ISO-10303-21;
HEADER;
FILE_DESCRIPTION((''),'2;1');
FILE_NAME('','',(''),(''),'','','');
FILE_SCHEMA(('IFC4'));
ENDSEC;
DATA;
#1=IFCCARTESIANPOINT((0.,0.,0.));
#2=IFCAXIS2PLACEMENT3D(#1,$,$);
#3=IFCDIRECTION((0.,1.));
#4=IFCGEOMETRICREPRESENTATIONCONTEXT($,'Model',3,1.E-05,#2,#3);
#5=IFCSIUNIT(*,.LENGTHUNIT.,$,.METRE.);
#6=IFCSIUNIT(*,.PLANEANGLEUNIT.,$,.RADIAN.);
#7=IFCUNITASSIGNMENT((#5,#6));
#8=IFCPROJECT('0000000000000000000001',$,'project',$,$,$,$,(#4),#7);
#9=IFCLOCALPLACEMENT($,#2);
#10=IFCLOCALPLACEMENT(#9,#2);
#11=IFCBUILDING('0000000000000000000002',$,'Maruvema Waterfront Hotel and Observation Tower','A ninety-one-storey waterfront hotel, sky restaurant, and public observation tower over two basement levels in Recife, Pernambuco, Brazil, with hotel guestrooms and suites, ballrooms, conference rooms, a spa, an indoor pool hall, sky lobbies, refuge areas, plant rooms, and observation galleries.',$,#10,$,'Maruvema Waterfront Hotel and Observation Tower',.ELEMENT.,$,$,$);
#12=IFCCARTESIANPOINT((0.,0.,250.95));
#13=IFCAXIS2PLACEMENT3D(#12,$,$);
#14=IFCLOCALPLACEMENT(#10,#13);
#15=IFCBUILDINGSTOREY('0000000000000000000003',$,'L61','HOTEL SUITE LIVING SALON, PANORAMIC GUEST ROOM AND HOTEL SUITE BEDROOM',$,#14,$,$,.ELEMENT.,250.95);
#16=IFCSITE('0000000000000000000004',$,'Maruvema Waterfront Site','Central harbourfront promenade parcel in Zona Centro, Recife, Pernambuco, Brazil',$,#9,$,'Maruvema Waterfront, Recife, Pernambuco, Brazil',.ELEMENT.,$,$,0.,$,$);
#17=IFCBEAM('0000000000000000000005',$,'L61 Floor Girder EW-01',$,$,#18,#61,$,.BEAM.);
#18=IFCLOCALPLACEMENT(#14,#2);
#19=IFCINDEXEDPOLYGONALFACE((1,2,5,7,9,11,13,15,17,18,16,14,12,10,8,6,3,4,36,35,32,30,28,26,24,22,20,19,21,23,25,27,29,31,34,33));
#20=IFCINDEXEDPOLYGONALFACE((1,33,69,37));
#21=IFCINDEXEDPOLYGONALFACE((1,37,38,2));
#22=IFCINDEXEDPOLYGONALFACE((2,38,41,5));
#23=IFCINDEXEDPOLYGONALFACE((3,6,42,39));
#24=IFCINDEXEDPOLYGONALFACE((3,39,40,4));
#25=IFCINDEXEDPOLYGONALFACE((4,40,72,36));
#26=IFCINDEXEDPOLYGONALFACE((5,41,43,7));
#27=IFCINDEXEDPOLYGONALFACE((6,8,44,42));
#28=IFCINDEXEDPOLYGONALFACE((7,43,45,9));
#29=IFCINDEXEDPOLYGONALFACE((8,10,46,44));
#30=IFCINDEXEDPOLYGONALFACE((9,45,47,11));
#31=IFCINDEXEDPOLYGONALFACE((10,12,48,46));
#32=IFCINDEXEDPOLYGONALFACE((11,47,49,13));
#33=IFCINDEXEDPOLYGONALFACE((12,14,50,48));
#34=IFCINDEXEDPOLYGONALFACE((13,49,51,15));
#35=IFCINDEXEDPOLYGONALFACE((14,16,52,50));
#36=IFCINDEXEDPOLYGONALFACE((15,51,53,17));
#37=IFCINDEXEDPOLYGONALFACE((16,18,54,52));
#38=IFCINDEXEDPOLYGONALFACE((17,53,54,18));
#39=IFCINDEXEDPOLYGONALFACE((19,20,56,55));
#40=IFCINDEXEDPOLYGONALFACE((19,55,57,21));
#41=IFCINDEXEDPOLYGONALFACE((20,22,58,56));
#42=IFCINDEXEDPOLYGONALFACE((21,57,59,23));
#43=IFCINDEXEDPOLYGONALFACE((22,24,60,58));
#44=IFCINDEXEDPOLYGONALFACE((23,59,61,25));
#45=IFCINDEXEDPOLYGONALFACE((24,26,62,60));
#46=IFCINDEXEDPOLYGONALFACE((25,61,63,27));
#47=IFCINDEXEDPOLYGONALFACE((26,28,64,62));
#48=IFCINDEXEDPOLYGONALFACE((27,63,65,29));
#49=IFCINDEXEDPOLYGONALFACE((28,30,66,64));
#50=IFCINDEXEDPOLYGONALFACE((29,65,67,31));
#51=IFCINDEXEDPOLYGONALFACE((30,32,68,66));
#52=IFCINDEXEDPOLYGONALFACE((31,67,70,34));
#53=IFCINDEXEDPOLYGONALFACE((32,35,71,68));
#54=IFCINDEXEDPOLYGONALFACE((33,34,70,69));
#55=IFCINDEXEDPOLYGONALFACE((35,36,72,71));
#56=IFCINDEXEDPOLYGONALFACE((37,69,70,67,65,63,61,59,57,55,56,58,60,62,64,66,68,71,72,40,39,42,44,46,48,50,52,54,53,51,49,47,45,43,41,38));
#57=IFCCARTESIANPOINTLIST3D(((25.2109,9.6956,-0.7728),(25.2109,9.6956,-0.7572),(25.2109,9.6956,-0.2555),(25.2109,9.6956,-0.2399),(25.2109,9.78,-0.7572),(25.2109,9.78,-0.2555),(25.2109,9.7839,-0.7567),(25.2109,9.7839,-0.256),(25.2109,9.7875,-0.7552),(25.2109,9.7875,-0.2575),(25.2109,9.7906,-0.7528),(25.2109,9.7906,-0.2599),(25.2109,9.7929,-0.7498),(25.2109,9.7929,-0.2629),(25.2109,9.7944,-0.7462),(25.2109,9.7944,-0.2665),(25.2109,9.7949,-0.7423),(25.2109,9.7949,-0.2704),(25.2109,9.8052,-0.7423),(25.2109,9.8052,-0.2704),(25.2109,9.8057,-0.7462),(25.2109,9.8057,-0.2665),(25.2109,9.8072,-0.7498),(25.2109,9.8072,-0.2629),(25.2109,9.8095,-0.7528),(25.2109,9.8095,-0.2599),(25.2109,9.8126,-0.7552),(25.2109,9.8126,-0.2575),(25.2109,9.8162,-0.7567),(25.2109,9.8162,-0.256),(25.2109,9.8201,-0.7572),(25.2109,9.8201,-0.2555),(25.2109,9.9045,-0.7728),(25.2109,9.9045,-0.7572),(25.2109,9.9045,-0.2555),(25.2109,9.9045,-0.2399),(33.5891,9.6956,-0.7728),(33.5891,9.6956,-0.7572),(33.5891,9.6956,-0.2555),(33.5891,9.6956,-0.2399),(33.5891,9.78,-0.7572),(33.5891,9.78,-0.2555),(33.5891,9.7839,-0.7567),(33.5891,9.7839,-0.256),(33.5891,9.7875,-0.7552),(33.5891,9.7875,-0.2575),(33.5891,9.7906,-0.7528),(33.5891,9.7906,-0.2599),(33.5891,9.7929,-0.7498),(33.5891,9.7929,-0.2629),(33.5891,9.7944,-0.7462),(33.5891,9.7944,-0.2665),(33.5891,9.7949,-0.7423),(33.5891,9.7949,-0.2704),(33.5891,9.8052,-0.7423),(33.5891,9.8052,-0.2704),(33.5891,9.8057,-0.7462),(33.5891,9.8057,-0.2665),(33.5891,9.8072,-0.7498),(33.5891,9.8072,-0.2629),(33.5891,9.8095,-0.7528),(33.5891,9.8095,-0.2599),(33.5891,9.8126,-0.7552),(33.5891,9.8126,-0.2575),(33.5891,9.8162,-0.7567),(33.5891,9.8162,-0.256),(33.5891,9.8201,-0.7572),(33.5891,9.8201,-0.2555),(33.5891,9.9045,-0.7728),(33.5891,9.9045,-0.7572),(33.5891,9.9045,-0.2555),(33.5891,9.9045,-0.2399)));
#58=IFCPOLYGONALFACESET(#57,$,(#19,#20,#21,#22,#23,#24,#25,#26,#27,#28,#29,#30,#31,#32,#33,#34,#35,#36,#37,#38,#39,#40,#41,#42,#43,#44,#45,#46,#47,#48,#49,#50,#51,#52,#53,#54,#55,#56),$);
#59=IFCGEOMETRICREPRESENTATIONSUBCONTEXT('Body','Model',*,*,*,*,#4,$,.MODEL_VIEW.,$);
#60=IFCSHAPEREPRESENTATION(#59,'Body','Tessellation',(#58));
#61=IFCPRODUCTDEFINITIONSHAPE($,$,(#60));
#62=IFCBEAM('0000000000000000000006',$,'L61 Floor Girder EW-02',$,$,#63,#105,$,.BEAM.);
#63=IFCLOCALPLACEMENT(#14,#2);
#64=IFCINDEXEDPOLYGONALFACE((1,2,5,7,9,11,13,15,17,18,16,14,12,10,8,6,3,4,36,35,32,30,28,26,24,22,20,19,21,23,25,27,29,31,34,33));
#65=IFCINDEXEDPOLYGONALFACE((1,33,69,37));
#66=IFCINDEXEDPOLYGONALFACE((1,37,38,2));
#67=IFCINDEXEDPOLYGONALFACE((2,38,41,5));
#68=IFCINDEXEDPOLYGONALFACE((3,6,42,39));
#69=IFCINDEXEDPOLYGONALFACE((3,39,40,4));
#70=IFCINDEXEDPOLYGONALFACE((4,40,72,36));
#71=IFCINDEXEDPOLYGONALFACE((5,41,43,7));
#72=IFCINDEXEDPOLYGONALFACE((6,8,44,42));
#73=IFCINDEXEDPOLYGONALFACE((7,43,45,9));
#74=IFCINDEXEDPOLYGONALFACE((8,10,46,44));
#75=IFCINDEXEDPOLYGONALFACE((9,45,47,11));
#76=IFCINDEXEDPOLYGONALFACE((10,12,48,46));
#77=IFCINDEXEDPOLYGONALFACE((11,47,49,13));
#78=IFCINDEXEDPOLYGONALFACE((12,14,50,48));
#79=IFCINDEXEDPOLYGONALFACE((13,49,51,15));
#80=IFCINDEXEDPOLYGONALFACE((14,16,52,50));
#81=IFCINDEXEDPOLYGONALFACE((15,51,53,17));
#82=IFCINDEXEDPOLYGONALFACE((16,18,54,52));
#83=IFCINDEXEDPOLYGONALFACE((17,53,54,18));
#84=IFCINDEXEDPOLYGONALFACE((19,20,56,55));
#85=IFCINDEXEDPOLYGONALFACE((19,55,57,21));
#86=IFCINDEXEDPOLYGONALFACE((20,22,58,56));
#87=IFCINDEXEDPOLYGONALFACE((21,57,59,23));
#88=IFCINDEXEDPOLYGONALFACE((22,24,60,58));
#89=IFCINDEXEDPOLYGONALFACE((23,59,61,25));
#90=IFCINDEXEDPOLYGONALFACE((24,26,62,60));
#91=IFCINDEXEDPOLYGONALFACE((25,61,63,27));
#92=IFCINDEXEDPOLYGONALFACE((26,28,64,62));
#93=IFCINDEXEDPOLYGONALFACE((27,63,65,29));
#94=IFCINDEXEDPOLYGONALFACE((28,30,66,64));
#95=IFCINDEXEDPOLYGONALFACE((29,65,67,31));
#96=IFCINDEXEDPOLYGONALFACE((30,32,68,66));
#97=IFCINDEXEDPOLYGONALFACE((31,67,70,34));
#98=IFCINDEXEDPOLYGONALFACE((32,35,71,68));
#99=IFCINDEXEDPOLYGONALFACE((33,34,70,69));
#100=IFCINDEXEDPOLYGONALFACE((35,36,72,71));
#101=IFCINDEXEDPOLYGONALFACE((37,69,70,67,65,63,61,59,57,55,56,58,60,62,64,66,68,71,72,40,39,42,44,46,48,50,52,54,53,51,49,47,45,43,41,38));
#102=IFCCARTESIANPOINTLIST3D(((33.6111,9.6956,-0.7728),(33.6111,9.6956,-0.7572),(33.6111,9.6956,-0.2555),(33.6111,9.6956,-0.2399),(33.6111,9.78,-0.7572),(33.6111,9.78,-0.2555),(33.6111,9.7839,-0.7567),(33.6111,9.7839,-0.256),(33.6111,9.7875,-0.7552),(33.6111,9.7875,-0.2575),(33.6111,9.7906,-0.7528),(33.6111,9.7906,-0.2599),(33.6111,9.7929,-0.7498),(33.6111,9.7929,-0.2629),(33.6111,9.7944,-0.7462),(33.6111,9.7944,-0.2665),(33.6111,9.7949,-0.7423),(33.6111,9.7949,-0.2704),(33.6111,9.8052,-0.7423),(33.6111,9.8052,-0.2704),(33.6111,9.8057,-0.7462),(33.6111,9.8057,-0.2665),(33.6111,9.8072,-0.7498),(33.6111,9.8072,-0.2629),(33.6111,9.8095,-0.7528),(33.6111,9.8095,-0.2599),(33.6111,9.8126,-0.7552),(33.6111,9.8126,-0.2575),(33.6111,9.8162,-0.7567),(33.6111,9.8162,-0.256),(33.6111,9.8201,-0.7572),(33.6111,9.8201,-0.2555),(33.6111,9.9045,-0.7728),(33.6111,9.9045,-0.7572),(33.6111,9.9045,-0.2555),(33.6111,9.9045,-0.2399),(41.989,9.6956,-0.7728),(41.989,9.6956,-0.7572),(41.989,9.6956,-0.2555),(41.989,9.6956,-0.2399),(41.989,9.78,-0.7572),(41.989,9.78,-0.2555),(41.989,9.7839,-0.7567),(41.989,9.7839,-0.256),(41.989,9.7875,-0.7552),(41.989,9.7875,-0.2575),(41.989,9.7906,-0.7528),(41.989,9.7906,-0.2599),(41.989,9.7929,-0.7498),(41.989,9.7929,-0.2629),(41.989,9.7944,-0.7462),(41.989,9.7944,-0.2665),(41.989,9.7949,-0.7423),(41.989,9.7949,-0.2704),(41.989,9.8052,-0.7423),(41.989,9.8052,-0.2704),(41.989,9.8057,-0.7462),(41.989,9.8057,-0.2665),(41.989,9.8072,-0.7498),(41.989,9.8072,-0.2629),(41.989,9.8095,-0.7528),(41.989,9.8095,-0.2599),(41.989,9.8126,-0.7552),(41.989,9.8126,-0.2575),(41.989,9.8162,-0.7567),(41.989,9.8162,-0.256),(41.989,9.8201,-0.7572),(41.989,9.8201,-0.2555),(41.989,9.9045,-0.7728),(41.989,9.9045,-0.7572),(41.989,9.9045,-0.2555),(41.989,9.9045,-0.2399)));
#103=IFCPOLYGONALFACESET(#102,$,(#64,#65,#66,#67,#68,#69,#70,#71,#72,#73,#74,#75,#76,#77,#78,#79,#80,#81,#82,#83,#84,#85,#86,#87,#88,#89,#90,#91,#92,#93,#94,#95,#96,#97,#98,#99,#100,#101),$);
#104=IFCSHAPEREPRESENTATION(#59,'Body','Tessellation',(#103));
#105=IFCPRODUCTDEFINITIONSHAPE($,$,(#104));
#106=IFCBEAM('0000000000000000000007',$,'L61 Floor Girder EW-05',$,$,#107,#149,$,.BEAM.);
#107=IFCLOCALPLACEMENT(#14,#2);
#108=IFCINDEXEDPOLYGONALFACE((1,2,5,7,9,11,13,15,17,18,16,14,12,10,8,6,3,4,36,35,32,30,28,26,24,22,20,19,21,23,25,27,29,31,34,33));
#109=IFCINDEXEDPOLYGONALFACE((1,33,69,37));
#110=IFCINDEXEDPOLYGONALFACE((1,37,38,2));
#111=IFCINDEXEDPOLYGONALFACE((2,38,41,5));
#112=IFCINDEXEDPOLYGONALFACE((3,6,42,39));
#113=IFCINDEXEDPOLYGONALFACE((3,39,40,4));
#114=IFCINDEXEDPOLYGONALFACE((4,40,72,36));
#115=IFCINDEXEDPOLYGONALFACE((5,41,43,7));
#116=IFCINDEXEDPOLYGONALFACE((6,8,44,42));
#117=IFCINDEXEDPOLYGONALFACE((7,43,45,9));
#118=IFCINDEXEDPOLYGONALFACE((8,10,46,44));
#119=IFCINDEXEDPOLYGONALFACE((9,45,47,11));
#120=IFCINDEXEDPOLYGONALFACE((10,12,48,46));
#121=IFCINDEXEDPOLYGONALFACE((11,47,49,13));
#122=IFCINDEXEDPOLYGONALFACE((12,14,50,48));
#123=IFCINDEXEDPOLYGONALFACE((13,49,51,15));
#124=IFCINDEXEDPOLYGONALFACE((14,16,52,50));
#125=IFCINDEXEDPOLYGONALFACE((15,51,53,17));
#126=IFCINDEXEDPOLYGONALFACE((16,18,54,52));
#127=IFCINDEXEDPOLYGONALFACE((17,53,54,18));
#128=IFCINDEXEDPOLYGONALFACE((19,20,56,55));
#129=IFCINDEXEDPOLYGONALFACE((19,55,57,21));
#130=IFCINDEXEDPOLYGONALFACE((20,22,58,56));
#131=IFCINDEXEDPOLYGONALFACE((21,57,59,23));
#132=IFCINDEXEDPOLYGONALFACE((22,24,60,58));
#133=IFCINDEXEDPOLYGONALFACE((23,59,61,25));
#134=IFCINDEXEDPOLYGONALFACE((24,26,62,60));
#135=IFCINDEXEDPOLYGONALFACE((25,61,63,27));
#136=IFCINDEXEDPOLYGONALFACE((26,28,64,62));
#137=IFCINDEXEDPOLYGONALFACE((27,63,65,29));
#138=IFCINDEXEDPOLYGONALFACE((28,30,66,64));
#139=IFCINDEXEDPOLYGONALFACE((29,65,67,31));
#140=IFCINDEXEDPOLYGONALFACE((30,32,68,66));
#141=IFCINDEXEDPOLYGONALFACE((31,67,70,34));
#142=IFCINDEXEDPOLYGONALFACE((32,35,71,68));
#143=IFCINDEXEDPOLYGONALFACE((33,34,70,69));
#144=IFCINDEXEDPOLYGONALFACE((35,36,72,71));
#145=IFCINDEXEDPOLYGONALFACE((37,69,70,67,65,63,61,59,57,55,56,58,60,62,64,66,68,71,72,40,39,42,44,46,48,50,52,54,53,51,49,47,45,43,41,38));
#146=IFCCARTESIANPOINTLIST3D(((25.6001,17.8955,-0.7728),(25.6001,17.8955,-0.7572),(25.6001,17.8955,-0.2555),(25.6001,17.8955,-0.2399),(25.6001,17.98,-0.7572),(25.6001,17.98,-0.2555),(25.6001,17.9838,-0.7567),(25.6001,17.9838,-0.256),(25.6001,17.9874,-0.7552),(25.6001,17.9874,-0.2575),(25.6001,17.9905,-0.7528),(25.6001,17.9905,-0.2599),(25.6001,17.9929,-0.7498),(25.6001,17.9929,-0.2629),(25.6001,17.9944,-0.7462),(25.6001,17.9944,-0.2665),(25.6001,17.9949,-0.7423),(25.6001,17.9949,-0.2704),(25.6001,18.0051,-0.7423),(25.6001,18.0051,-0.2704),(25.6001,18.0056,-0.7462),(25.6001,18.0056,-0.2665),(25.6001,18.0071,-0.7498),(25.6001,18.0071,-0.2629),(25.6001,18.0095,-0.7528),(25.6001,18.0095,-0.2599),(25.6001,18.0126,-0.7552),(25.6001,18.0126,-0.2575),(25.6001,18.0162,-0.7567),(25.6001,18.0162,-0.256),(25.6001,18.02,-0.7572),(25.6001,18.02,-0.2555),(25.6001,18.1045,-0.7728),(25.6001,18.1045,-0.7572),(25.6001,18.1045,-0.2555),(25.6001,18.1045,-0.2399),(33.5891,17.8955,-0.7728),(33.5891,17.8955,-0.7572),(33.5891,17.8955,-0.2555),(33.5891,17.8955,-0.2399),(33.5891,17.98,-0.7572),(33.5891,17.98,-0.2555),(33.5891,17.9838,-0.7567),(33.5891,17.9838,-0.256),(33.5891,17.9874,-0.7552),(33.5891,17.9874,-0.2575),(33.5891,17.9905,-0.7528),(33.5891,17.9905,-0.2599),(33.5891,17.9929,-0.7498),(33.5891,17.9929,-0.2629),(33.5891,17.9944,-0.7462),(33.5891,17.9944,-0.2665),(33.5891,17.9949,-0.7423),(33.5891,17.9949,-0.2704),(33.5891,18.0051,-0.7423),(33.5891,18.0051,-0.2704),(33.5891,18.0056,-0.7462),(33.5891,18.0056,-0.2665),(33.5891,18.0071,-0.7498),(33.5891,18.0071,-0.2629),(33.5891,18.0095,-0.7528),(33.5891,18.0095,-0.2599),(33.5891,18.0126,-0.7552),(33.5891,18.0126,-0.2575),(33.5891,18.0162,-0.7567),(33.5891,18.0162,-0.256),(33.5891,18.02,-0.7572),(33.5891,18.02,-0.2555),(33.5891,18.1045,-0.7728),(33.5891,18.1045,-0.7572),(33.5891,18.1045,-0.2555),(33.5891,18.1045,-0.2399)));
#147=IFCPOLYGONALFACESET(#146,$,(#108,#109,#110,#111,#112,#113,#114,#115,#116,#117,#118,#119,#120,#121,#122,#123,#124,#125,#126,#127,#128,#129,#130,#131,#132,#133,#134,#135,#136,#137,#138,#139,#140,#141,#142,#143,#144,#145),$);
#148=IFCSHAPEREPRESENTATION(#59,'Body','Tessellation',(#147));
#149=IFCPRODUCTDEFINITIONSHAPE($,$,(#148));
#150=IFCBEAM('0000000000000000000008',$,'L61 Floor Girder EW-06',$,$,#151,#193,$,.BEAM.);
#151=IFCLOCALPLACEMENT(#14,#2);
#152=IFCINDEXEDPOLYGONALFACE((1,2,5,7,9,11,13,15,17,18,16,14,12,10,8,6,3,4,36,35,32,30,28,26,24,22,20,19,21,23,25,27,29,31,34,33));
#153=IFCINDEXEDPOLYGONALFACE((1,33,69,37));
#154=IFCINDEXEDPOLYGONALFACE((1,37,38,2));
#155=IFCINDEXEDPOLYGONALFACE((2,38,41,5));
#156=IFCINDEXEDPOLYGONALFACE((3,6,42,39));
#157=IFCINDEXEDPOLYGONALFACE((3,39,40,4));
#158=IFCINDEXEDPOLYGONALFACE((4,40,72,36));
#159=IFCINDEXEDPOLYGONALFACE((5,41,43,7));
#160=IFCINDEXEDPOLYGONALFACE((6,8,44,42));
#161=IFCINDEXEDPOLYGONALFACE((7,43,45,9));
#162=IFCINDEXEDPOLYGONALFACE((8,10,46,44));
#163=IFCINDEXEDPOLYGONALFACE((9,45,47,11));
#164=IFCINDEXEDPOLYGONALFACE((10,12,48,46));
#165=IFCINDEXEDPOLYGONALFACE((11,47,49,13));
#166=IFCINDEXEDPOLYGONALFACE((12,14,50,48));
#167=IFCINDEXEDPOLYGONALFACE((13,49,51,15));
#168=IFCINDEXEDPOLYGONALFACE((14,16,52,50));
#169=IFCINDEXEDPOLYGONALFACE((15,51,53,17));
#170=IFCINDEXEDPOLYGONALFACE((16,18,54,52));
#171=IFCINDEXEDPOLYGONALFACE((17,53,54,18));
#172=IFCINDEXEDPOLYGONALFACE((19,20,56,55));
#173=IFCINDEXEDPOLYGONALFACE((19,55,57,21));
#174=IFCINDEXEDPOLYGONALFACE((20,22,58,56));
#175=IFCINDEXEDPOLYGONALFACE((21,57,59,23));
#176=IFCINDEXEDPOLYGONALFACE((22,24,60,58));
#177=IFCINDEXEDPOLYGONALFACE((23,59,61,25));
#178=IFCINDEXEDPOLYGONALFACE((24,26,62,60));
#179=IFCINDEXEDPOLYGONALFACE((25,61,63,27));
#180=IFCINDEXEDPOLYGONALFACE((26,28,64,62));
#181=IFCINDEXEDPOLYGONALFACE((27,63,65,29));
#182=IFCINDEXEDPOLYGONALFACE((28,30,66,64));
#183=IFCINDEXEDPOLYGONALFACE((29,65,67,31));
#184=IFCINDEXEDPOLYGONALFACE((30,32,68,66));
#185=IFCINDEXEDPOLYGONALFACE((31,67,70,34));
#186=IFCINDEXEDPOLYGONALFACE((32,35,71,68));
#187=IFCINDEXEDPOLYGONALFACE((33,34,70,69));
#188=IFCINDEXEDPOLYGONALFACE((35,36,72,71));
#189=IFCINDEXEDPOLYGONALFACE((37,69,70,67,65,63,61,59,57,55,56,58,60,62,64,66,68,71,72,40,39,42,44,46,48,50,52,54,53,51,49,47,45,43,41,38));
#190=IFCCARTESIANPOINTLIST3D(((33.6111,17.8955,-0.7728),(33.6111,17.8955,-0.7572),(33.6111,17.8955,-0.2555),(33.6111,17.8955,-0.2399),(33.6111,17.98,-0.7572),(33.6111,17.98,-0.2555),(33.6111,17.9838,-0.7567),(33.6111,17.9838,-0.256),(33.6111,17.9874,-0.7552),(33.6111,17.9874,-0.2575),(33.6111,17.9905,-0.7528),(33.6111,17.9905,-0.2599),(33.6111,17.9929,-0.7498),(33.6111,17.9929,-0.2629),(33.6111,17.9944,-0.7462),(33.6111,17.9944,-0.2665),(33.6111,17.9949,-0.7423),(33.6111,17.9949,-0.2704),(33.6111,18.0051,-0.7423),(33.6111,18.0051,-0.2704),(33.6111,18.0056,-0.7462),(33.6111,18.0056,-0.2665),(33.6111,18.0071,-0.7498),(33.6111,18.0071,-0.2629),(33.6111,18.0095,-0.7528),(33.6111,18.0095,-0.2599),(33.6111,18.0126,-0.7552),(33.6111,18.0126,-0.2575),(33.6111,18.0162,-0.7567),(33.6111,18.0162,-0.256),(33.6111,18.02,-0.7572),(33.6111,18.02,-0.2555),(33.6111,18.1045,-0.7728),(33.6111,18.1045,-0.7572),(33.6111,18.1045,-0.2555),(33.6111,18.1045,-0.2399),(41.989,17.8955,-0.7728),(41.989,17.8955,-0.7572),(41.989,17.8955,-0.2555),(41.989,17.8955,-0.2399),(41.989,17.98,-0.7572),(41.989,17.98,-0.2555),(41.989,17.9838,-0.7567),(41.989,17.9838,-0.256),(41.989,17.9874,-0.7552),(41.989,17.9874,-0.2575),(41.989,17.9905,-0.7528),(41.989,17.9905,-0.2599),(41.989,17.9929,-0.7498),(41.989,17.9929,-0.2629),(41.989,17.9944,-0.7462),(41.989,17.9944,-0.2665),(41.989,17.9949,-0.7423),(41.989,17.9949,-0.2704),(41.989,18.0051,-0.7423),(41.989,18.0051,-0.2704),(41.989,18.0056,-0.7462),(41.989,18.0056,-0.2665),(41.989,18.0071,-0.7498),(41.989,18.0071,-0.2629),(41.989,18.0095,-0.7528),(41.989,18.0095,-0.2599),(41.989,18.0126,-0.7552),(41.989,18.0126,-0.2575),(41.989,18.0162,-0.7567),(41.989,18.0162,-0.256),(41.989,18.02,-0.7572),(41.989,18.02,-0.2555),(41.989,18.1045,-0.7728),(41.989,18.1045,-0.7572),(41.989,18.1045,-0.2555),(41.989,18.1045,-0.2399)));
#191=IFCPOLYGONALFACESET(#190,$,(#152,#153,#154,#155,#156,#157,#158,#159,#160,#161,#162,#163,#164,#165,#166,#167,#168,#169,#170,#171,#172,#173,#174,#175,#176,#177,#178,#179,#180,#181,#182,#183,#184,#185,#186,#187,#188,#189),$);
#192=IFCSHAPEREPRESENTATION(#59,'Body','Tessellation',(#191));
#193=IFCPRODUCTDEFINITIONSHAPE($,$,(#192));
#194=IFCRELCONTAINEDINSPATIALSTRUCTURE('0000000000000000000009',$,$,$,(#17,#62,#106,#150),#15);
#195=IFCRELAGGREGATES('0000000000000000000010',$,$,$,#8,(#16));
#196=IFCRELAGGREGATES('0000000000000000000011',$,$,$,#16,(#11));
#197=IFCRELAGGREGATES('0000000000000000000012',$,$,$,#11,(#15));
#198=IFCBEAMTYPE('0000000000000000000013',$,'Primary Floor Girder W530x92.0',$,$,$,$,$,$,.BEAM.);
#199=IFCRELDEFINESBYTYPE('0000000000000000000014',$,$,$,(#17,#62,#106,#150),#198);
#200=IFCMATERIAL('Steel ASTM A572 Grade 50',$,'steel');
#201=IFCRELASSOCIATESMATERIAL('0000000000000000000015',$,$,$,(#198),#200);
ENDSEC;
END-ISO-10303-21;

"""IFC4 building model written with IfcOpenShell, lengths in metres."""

from ifc_helpers import new_model, si_unit, direction, frame, origin, origin_2d, place, context, subcontext, project, spatial, i_section, extrude, material, material_profile, profile_set, type_object, element, save


model = new_model("IFC4")

# Units and contexts
model_context = context("Model", 3, precision=1e-05, world=origin(), true_north=direction((0.0, 1.0)))
body_context = subcontext(model_context, "Body", "Model", "MODEL_VIEW")
ifc_project = project(units=[si_unit("LENGTHUNIT", "METRE"), si_unit("PLANEANGLEUNIT", "RADIAN")], contexts=[model_context])

# Site, building, storey
site_placement = place(None, origin())
site = spatial("IfcSite", under=ifc_project, at=site_placement, Name="Maruvema Waterfront Site", Description="Central harbourfront promenade parcel in Zona Centro, Recife, Pernambuco, Brazil", LongName="Maruvema Waterfront, Recife, Pernambuco, Brazil", CompositionType="ELEMENT", RefElevation=0.0)
building_placement = place(site_placement, origin())
building = spatial("IfcBuilding", under=site, at=building_placement, Name="Maruvema Waterfront Hotel and Observation Tower", Description="A ninety-one-storey waterfront hotel, sky restaurant, and public observation tower over two basement levels in Recife, Pernambuco, Brazil, with hotel guestrooms and suites, ballrooms, conference rooms, a spa, an indoor pool hall, sky lobbies, refuge areas, plant rooms, and observation galleries.", LongName="Maruvema Waterfront Hotel and Observation Tower", CompositionType="ELEMENT")
storey_placement = place(building_placement, frame((0.0, 0.0, 250.95)))
storey = spatial("IfcBuildingStorey", under=building, at=storey_placement, Name="L61", Description="HOTEL SUITE LIVING SALON, PANORAMIC GUEST ROOM AND HOTEL SUITE BEDROOM", CompositionType="ELEMENT", Elevation=250.95)

# Beams
ifc_material_1 = material(Name="Steel ASTM A572 Grade 50", Category="steel")
ifc_material_profile_1 = material_profile(ifc_material_1, i_section(OverallWidth=0.209, OverallDepth=0.533, WebThickness=0.0103, FlangeThickness=0.0156, FilletRadius=0.0149, at=origin_2d()), Name="W530x92.0")
ifc_profile_set_1 = profile_set([ifc_material_profile_1], Name="Steel ASTM A572 Grade 50")
beam_type_1 = type_object("IfcBeamType", Name="Primary Floor Girder W530x92.0", PredefinedType="BEAM", material=ifc_profile_set_1)
beam_1_placement = place(storey_placement, frame((25.2109, 9.8, -0.5063), z_axis=(1.0, 0.0, 0.0), x_axis=(0.0, 1.0, 0.0)))
element("IfcBeam", 1, at=beam_1_placement, inside=storey, type_object=beam_type_1, Name="L61 Floor Girder EW-01", PredefinedType="BEAM", context=body_context, shape_type="SweptSolid", body=[
    extrude(i_section(OverallWidth=0.209, OverallDepth=0.533, WebThickness=0.0103, FlangeThickness=0.0156, FilletRadius=0.0149, at=origin_2d()), origin(), (0.0, 0.0, 1.0), 8.3782),
])
beam_2_placement = place(storey_placement, frame((33.6111, 9.8, -0.5063), z_axis=(1.0, 0.0, 0.0), x_axis=(0.0, 1.0, 0.0)))
element("IfcBeam", 2, at=beam_2_placement, inside=storey, type_object=beam_type_1, Name="L61 Floor Girder EW-02", PredefinedType="BEAM", context=body_context, shape_type="SweptSolid", body=[
    extrude(i_section(OverallWidth=0.209, OverallDepth=0.533, WebThickness=0.0103, FlangeThickness=0.0156, FilletRadius=0.0149, at=origin_2d()), origin(), (0.0, 0.0, 1.0), 8.3779),
])
beam_3_placement = place(storey_placement, frame((25.6001, 18.0, -0.5063), z_axis=(1.0, 0.0, 0.0), x_axis=(0.0, 1.0, 0.0)))
element("IfcBeam", 3, at=beam_3_placement, inside=storey, type_object=beam_type_1, Name="L61 Floor Girder EW-05", PredefinedType="BEAM", context=body_context, shape_type="SweptSolid", body=[
    extrude(i_section(OverallWidth=0.209, OverallDepth=0.533, WebThickness=0.0103, FlangeThickness=0.0156, FilletRadius=0.0149, at=origin_2d()), origin(), (0.0, 0.0, 1.0), 7.989),
])
beam_4_placement = place(storey_placement, frame((33.6111, 18.0, -0.5063), z_axis=(1.0, 0.0, 0.0), x_axis=(0.0, 1.0, 0.0)))
element("IfcBeam", 4, at=beam_4_placement, inside=storey, type_object=beam_type_1, Name="L61 Floor Girder EW-06", PredefinedType="BEAM", context=body_context, shape_type="SweptSolid", body=[
    extrude(i_section(OverallWidth=0.209, OverallDepth=0.533, WebThickness=0.0103, FlangeThickness=0.0156, FilletRadius=0.0149, at=origin_2d()), origin(), (0.0, 0.0, 1.0), 8.3779),
])

save(model, "model.ifc")
